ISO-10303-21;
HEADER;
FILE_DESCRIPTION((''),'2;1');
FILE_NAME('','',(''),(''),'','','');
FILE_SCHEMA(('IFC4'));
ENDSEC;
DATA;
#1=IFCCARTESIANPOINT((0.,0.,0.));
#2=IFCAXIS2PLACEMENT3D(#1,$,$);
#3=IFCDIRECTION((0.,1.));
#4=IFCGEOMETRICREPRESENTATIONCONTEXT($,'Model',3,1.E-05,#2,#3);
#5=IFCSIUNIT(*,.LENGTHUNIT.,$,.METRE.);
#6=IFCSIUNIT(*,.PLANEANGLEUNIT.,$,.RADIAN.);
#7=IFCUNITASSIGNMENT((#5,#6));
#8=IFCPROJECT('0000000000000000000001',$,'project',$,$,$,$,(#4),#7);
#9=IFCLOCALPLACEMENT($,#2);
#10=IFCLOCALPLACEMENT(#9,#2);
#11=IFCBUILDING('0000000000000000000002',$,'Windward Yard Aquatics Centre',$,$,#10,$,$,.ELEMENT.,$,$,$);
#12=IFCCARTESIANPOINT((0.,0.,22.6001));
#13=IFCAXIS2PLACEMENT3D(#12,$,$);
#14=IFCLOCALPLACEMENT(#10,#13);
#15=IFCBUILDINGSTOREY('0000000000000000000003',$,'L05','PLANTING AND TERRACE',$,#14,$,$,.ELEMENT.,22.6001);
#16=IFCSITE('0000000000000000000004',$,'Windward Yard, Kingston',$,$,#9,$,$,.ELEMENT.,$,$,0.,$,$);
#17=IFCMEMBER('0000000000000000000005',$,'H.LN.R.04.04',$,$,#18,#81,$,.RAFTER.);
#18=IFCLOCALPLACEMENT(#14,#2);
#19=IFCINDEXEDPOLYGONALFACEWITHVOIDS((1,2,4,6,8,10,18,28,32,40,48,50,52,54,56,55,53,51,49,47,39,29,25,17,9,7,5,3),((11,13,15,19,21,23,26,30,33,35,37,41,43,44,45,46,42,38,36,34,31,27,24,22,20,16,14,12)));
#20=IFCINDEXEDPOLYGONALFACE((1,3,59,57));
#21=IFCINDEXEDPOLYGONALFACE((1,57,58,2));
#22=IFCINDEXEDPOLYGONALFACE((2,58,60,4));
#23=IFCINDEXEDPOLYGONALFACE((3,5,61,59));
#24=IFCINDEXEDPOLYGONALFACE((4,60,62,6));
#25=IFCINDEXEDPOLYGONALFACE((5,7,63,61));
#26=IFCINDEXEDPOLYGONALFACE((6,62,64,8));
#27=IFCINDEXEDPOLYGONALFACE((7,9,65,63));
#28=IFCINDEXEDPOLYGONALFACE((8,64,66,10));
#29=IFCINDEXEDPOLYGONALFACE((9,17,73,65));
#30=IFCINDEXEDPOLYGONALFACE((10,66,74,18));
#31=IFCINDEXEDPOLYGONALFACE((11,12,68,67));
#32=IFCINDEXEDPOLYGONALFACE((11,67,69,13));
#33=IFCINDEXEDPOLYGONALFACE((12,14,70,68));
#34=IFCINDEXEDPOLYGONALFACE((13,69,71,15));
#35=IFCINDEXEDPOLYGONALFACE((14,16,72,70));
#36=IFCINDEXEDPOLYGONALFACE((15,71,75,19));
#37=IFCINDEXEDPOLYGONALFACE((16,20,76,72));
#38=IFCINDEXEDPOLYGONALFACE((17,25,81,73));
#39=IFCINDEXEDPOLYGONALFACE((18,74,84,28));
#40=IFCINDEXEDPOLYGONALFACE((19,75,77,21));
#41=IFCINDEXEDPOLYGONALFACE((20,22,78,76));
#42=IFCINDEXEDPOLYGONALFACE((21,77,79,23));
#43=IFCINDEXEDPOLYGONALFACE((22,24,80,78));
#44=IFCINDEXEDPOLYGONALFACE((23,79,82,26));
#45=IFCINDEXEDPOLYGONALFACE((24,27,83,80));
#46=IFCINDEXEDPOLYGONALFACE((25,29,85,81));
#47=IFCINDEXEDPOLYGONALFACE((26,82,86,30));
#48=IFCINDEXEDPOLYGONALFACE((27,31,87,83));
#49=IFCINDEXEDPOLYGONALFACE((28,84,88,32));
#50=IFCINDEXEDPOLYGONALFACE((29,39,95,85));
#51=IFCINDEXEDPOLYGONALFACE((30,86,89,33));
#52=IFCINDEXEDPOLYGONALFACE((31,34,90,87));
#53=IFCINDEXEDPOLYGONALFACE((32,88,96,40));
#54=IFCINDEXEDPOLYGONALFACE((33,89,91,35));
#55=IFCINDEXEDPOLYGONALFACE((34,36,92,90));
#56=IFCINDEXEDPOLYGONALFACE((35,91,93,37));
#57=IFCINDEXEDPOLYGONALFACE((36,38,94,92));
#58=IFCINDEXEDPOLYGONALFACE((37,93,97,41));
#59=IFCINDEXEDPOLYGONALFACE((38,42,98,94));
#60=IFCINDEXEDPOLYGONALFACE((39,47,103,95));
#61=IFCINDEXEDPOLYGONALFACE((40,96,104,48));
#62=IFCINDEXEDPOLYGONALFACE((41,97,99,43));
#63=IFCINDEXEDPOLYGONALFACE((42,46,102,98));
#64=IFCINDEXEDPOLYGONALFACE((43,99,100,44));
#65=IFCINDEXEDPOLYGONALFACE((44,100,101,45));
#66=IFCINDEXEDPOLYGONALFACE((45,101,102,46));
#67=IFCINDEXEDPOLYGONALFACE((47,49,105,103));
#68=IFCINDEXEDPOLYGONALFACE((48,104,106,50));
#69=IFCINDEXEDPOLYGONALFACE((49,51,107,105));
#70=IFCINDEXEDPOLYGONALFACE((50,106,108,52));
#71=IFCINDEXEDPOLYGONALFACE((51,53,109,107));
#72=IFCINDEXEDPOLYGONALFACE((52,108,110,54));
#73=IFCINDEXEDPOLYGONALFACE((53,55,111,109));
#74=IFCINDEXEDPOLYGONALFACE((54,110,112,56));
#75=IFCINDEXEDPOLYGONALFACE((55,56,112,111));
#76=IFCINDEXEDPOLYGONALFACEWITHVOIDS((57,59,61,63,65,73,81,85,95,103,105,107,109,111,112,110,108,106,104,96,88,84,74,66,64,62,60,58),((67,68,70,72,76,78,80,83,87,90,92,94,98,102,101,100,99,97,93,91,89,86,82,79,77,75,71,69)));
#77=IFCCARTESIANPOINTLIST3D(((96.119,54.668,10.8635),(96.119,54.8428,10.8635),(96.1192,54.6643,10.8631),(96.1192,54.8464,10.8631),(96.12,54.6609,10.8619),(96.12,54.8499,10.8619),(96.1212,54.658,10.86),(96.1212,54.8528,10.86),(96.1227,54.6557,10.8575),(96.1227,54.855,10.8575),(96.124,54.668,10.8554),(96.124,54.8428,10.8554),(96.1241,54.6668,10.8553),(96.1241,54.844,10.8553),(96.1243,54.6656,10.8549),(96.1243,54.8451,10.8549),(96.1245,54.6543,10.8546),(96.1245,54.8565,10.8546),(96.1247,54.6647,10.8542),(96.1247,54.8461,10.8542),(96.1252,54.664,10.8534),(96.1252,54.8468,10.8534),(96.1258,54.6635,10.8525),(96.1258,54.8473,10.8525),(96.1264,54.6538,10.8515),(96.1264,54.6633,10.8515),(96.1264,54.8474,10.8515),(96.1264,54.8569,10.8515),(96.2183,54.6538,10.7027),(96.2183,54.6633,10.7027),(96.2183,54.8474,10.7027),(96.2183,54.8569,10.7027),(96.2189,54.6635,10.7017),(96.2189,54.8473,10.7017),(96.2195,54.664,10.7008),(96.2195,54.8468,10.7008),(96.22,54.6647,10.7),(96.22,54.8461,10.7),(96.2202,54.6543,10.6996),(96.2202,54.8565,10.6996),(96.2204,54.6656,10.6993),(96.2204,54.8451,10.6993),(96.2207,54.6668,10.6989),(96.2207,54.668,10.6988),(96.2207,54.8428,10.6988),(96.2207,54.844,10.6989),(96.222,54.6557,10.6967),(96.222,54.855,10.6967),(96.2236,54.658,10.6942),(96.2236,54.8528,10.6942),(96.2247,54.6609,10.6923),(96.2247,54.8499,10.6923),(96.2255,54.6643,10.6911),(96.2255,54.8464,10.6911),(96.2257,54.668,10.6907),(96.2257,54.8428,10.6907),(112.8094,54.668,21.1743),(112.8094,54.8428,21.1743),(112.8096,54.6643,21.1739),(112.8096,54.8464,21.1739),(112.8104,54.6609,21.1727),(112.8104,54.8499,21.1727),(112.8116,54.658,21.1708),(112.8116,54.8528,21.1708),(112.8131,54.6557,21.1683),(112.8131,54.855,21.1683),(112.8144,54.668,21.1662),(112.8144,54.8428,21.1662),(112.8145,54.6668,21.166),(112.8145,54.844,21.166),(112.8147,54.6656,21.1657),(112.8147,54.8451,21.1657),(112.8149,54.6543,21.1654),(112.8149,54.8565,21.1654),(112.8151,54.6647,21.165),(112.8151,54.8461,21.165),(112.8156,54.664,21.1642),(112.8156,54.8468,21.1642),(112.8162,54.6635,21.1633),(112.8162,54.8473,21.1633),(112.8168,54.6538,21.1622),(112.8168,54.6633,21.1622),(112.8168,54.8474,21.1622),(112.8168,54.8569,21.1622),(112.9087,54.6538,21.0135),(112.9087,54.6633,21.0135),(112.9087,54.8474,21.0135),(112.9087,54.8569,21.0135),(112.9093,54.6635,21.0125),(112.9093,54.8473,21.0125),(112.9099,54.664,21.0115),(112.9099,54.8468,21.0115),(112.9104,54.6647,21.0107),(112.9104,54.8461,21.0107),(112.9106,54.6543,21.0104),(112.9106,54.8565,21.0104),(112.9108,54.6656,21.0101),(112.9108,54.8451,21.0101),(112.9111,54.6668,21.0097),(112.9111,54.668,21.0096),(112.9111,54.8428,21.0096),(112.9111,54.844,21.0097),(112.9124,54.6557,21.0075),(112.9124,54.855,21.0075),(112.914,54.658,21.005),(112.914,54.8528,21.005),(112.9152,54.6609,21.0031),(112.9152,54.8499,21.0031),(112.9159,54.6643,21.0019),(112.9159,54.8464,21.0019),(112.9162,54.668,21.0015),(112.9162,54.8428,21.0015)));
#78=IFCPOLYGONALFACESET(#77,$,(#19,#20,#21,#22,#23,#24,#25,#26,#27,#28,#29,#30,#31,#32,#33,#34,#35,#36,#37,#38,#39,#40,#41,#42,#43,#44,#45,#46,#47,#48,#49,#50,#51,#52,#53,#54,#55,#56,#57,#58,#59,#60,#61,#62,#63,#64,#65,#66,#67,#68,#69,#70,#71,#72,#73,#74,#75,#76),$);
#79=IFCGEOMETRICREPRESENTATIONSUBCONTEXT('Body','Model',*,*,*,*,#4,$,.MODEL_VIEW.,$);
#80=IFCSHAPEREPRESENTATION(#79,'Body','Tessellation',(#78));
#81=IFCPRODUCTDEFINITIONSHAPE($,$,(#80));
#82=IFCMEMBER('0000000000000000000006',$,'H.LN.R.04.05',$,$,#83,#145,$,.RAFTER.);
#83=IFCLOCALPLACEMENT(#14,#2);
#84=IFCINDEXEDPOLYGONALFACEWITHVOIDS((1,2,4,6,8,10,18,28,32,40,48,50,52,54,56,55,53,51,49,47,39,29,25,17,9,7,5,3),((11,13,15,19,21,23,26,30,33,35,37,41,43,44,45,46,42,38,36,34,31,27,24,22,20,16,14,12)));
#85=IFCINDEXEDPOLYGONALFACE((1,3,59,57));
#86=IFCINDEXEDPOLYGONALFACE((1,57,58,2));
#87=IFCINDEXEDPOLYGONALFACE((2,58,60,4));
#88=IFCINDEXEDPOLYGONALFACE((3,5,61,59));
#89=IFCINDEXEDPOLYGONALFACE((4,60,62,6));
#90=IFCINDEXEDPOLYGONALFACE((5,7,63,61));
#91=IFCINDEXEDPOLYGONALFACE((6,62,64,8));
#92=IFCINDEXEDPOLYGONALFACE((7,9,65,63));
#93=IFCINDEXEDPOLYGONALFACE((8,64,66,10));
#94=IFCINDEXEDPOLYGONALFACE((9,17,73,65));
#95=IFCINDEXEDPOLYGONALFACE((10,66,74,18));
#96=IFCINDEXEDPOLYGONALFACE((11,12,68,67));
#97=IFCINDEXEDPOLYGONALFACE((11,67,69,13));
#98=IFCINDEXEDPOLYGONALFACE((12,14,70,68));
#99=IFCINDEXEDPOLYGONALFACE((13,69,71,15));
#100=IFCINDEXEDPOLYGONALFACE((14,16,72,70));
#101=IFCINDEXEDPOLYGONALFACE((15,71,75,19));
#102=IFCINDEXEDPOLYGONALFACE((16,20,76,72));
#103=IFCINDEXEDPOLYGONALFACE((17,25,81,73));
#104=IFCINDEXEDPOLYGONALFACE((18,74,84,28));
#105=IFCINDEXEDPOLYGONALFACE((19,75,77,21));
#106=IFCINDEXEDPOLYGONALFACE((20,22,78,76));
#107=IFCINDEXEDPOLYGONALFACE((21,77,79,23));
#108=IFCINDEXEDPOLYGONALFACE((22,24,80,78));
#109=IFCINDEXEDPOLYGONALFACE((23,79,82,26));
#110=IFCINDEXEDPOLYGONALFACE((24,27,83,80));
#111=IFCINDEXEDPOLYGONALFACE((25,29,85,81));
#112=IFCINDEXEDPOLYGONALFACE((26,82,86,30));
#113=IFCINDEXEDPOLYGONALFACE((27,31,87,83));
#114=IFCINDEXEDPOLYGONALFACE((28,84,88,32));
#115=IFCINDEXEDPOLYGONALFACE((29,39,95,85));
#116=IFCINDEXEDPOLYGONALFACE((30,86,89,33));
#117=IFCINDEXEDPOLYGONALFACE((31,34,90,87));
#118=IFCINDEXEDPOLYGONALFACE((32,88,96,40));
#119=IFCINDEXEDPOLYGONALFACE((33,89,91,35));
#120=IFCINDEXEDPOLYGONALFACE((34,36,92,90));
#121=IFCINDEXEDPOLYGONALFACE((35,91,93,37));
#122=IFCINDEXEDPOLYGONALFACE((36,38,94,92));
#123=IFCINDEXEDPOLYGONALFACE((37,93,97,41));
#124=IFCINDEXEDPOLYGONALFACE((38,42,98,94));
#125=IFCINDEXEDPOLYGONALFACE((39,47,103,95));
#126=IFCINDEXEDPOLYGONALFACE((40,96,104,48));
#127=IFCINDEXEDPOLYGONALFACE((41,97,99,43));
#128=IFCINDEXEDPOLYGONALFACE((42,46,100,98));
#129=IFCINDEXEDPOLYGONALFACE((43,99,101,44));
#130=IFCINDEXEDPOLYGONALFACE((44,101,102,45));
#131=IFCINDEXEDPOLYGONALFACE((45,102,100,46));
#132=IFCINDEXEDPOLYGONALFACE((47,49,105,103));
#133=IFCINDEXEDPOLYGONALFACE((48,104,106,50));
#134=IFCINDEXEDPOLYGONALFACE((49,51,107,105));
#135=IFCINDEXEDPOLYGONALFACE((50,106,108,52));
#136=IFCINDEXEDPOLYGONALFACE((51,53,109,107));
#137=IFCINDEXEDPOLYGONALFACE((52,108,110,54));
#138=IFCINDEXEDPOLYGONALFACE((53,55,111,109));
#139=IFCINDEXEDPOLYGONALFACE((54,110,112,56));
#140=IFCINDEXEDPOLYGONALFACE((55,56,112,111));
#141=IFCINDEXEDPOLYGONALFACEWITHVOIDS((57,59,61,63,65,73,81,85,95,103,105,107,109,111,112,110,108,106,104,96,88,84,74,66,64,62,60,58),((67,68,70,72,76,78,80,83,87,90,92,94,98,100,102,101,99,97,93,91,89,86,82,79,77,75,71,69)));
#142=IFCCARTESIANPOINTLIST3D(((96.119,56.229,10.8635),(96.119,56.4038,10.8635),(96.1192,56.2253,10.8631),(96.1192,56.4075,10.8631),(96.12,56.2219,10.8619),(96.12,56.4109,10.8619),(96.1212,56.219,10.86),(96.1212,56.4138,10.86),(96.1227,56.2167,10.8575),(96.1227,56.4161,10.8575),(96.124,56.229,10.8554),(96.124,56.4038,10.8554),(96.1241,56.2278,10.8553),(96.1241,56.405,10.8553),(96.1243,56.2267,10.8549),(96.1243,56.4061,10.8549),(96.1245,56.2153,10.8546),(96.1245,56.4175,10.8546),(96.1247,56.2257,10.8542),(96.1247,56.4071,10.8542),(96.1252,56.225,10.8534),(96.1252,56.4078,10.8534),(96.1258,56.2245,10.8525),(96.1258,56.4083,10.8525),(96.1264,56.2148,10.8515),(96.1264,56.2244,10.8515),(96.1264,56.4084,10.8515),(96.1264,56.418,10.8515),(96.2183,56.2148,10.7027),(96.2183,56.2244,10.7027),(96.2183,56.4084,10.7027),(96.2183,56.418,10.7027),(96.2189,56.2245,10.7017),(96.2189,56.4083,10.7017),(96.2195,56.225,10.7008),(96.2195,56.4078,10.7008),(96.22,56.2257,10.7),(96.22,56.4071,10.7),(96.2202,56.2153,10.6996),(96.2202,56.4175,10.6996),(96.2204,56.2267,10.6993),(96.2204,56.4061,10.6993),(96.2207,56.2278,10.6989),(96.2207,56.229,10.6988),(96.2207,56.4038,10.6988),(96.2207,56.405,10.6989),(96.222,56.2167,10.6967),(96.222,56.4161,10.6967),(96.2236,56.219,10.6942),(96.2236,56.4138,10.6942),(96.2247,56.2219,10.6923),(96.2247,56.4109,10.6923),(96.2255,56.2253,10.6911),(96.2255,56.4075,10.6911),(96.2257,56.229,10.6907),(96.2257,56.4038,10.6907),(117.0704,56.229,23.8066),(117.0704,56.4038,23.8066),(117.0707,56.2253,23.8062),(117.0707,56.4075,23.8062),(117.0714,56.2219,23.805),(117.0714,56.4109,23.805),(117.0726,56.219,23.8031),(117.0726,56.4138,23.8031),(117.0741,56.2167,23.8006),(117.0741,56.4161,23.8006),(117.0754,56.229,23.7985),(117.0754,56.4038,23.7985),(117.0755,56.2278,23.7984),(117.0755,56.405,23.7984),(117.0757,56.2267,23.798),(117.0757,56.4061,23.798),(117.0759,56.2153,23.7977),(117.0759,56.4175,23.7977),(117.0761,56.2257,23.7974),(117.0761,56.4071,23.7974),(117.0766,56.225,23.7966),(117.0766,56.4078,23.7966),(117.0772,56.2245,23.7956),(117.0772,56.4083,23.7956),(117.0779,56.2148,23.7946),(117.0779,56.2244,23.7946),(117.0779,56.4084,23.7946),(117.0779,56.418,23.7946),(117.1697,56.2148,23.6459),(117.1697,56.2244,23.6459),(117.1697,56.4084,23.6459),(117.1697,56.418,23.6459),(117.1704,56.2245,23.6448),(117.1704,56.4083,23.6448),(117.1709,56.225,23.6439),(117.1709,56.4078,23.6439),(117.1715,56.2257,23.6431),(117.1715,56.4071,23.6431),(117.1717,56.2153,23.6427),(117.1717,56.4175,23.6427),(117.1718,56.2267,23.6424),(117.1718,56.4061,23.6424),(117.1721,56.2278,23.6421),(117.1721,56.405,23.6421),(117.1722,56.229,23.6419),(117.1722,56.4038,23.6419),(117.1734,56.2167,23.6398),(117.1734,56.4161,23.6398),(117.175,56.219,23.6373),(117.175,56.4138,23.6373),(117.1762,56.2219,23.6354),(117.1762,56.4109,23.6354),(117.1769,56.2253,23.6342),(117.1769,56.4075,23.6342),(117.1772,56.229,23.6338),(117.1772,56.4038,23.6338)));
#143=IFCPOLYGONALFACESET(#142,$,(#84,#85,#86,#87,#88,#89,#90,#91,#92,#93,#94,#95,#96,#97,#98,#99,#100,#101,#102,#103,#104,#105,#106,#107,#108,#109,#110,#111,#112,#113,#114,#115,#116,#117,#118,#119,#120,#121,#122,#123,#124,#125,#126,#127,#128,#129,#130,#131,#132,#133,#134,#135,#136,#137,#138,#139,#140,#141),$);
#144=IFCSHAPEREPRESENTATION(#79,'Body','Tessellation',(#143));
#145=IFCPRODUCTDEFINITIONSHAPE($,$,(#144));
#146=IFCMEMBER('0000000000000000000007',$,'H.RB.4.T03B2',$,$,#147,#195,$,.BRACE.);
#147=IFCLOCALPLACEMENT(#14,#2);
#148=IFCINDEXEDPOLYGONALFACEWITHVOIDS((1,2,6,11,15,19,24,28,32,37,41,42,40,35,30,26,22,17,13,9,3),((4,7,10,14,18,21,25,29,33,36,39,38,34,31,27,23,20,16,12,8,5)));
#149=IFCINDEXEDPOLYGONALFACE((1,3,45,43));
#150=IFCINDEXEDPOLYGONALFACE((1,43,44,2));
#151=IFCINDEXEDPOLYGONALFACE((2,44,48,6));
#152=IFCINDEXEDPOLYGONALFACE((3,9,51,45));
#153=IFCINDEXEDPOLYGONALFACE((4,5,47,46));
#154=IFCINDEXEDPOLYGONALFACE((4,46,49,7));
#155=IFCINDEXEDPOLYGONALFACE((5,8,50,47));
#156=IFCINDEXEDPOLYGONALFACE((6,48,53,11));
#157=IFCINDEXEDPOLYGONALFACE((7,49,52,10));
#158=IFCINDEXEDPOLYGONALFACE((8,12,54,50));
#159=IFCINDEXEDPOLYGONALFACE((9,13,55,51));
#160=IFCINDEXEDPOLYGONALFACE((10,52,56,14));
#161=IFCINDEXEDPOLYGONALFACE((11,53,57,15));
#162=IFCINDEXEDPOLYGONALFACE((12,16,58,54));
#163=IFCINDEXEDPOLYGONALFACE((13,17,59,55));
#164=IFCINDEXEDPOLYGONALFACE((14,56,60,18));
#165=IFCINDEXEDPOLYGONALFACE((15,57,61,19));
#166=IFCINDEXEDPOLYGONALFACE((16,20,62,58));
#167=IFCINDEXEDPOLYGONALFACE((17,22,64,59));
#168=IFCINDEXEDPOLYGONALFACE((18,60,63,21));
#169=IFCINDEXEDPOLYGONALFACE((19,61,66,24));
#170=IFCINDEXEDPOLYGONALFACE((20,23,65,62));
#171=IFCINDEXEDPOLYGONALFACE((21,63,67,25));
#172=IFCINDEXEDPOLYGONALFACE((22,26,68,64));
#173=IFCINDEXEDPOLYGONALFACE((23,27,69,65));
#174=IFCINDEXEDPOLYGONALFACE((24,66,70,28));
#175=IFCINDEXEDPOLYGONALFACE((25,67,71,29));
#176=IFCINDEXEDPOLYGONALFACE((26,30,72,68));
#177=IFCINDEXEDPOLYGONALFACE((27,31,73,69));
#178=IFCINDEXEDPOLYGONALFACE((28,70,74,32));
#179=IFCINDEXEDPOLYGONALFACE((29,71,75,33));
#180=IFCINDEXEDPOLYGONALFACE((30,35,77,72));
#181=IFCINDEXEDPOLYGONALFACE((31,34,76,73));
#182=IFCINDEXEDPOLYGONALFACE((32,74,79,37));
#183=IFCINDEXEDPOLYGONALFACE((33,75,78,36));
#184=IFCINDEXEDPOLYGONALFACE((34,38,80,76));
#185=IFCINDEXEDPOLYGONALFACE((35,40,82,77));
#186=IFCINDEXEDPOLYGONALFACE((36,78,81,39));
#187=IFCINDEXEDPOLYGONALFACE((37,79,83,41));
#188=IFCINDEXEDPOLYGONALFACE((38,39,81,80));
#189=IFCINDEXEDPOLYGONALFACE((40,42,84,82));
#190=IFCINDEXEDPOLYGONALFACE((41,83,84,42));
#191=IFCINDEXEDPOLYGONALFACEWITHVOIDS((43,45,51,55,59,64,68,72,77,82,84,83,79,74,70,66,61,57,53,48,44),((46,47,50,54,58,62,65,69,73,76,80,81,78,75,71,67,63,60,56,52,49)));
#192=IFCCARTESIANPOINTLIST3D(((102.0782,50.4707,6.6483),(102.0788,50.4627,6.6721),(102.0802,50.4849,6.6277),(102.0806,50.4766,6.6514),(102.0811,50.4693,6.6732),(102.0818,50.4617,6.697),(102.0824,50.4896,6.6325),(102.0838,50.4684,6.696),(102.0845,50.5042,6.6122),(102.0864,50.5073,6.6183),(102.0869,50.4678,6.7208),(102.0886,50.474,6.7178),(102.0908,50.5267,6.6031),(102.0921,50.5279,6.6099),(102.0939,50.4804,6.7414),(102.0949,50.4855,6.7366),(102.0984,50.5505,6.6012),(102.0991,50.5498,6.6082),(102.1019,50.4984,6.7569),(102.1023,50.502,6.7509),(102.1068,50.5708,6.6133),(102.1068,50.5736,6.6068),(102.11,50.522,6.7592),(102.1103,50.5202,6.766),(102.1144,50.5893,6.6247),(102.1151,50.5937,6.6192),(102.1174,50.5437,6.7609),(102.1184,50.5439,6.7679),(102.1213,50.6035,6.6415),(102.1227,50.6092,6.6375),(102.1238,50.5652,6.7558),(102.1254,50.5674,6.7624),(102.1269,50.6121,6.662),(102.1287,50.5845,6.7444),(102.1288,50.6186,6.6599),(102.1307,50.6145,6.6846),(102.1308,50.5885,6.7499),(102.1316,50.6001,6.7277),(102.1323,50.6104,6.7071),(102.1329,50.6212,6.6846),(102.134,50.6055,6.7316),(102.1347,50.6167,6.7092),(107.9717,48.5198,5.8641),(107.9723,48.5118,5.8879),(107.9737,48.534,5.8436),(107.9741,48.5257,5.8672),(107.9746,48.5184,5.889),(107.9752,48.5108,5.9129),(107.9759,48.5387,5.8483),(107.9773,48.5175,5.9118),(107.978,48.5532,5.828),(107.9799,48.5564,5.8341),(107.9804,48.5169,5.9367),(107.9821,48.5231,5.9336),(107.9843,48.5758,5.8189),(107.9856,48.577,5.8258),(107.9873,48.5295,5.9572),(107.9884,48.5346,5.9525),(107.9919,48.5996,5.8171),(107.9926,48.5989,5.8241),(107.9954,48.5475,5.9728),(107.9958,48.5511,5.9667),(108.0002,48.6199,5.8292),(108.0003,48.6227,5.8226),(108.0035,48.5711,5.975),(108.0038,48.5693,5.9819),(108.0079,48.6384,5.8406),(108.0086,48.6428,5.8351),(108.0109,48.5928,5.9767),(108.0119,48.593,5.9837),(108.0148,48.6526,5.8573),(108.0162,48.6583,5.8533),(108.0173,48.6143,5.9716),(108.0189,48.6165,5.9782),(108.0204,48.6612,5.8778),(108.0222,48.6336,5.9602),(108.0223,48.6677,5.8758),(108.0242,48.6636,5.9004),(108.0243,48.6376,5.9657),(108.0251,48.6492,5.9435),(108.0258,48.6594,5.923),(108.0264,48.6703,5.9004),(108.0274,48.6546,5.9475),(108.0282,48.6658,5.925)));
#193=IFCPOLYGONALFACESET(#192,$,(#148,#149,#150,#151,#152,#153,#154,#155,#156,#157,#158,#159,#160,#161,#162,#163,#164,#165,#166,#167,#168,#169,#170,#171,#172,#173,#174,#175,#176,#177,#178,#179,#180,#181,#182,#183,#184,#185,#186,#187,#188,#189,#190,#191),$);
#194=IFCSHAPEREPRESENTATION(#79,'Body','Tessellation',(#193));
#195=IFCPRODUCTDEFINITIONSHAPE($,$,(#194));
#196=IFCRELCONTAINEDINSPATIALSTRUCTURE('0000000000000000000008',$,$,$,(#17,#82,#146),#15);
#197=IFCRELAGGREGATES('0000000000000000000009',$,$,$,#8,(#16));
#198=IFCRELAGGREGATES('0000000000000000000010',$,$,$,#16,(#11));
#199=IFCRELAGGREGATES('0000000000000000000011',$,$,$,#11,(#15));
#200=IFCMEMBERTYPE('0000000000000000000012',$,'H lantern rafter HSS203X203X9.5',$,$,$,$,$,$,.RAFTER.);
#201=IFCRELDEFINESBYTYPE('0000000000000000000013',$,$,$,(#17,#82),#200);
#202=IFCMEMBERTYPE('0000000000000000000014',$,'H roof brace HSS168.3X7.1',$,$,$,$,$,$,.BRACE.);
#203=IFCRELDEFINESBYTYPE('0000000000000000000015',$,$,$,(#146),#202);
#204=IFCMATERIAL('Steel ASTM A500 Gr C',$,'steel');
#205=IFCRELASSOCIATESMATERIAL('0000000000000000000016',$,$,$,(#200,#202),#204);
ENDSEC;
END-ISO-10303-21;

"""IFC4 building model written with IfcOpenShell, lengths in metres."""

from ifc_helpers import new_model, si_unit, direction, frame, origin, origin_2d, place, context, subcontext, project, spatial, hollow_rectangle, hollow_circle, extrude, material, material_profile, profile_set, type_object, element, save


model = new_model("IFC4")

# Units and contexts
model_context = context("Model", 3, precision=1e-05, world=origin(), true_north=direction((0.0, 1.0)))
body_context = subcontext(model_context, "Body", "Model", "MODEL_VIEW")
ifc_project = project(units=[si_unit("LENGTHUNIT", "METRE"), si_unit("PLANEANGLEUNIT", "RADIAN")], contexts=[model_context])

# Site, building, storey
site_placement = place(None, origin())
site = spatial("IfcSite", under=ifc_project, at=site_placement, Name="Windward Yard, Kingston", CompositionType="ELEMENT", RefElevation=0.0)
building_placement = place(site_placement, origin())
building = spatial("IfcBuilding", under=site, at=building_placement, Name="Windward Yard Aquatics Centre", CompositionType="ELEMENT")
storey_placement = place(building_placement, frame((0.0, 0.0, 22.6001)))
storey = spatial("IfcBuildingStorey", under=building, at=storey_placement, Name="L05", Description="PLANTING AND TERRACE", CompositionType="ELEMENT", Elevation=22.6001)

# Members
ifc_material_1 = material(Name="Steel ASTM A500 Gr C", Category="steel")
ifc_material_profile_1 = material_profile(ifc_material_1, hollow_rectangle(XDim=0.2031, YDim=0.2031, WallThickness=0.0095, InnerFilletRadius=0.0046, OuterFilletRadius=0.0142, at=origin_2d()), Name="HSS203X203X9.5")
ifc_profile_set_1 = profile_set([ifc_material_profile_1], Name="Steel ASTM A500 Gr C")
member_type_1 = type_object("IfcMemberType", Name="H lantern rafter HSS203X203X9.5", PredefinedType="RAFTER", material=ifc_profile_set_1)
member_1_placement = place(storey_placement, frame((96.1724, 54.7554, 10.7771), z_axis=(0.850753, 0.0, 0.525567), x_axis=(0.0, 1.0, 0.0)))
element("IfcMember", 1, at=member_1_placement, inside=storey, type_object=member_type_1, Name="H.LN.R.04.04", PredefinedType="RAFTER", context=body_context, shape_type="SweptSolid", body=[
    extrude(hollow_rectangle(XDim=0.2031, YDim=0.2031, WallThickness=0.0095, InnerFilletRadius=0.0046, OuterFilletRadius=0.0142, at=origin_2d()), origin(), (0.0, 0.0, 1.0), 19.6184),
])
member_2_placement = place(storey_placement, frame((96.1724, 56.3164, 10.7771), z_axis=(0.850752, 0.0, 0.525567), x_axis=(0.0, 1.0, 0.0)))
element("IfcMember", 2, at=member_2_placement, inside=storey, type_object=member_type_1, Name="H.LN.R.04.05", PredefinedType="RAFTER", context=body_context, shape_type="SweptSolid", body=[
    extrude(hollow_rectangle(XDim=0.2031, YDim=0.2031, WallThickness=0.0095, InnerFilletRadius=0.0046, OuterFilletRadius=0.0142, at=origin_2d()), origin(), (0.0, 0.0, 1.0), 24.627),
])
ifc_material_profile_2 = material_profile(ifc_material_1, hollow_circle(Radius=0.0842, WallThickness=0.0071, at=origin_2d()), Name="HSS168.3X7.1")
ifc_profile_set_2 = profile_set([ifc_material_profile_2], Name="Steel ASTM A500 Gr C")
member_type_2 = type_object("IfcMemberType", Name="H roof brace HSS168.3X7.1", PredefinedType="BRACE", material=ifc_profile_set_2)
for number, where, z_axis, x_axis, name in (
    (3, (102.1064, 50.5413, 6.6846), (0.941854, -0.311779, -0.12532), (0.314257, 0.949338, 0.0), "H.RB.4.T03B2"),
):
    element("IfcMember", number, at=place(storey_placement, frame(where, z_axis=z_axis, x_axis=x_axis)), inside=storey, type_object=member_type_2, Name=name, PredefinedType="BRACE", context=body_context, shape_type="SweptSolid", body=[
        extrude(hollow_circle(Radius=0.0842, WallThickness=0.0071, at=origin_2d()), origin(), (0.0, 0.0, 1.0), 6.2573),
    ])

save(model, "model.ifc")
